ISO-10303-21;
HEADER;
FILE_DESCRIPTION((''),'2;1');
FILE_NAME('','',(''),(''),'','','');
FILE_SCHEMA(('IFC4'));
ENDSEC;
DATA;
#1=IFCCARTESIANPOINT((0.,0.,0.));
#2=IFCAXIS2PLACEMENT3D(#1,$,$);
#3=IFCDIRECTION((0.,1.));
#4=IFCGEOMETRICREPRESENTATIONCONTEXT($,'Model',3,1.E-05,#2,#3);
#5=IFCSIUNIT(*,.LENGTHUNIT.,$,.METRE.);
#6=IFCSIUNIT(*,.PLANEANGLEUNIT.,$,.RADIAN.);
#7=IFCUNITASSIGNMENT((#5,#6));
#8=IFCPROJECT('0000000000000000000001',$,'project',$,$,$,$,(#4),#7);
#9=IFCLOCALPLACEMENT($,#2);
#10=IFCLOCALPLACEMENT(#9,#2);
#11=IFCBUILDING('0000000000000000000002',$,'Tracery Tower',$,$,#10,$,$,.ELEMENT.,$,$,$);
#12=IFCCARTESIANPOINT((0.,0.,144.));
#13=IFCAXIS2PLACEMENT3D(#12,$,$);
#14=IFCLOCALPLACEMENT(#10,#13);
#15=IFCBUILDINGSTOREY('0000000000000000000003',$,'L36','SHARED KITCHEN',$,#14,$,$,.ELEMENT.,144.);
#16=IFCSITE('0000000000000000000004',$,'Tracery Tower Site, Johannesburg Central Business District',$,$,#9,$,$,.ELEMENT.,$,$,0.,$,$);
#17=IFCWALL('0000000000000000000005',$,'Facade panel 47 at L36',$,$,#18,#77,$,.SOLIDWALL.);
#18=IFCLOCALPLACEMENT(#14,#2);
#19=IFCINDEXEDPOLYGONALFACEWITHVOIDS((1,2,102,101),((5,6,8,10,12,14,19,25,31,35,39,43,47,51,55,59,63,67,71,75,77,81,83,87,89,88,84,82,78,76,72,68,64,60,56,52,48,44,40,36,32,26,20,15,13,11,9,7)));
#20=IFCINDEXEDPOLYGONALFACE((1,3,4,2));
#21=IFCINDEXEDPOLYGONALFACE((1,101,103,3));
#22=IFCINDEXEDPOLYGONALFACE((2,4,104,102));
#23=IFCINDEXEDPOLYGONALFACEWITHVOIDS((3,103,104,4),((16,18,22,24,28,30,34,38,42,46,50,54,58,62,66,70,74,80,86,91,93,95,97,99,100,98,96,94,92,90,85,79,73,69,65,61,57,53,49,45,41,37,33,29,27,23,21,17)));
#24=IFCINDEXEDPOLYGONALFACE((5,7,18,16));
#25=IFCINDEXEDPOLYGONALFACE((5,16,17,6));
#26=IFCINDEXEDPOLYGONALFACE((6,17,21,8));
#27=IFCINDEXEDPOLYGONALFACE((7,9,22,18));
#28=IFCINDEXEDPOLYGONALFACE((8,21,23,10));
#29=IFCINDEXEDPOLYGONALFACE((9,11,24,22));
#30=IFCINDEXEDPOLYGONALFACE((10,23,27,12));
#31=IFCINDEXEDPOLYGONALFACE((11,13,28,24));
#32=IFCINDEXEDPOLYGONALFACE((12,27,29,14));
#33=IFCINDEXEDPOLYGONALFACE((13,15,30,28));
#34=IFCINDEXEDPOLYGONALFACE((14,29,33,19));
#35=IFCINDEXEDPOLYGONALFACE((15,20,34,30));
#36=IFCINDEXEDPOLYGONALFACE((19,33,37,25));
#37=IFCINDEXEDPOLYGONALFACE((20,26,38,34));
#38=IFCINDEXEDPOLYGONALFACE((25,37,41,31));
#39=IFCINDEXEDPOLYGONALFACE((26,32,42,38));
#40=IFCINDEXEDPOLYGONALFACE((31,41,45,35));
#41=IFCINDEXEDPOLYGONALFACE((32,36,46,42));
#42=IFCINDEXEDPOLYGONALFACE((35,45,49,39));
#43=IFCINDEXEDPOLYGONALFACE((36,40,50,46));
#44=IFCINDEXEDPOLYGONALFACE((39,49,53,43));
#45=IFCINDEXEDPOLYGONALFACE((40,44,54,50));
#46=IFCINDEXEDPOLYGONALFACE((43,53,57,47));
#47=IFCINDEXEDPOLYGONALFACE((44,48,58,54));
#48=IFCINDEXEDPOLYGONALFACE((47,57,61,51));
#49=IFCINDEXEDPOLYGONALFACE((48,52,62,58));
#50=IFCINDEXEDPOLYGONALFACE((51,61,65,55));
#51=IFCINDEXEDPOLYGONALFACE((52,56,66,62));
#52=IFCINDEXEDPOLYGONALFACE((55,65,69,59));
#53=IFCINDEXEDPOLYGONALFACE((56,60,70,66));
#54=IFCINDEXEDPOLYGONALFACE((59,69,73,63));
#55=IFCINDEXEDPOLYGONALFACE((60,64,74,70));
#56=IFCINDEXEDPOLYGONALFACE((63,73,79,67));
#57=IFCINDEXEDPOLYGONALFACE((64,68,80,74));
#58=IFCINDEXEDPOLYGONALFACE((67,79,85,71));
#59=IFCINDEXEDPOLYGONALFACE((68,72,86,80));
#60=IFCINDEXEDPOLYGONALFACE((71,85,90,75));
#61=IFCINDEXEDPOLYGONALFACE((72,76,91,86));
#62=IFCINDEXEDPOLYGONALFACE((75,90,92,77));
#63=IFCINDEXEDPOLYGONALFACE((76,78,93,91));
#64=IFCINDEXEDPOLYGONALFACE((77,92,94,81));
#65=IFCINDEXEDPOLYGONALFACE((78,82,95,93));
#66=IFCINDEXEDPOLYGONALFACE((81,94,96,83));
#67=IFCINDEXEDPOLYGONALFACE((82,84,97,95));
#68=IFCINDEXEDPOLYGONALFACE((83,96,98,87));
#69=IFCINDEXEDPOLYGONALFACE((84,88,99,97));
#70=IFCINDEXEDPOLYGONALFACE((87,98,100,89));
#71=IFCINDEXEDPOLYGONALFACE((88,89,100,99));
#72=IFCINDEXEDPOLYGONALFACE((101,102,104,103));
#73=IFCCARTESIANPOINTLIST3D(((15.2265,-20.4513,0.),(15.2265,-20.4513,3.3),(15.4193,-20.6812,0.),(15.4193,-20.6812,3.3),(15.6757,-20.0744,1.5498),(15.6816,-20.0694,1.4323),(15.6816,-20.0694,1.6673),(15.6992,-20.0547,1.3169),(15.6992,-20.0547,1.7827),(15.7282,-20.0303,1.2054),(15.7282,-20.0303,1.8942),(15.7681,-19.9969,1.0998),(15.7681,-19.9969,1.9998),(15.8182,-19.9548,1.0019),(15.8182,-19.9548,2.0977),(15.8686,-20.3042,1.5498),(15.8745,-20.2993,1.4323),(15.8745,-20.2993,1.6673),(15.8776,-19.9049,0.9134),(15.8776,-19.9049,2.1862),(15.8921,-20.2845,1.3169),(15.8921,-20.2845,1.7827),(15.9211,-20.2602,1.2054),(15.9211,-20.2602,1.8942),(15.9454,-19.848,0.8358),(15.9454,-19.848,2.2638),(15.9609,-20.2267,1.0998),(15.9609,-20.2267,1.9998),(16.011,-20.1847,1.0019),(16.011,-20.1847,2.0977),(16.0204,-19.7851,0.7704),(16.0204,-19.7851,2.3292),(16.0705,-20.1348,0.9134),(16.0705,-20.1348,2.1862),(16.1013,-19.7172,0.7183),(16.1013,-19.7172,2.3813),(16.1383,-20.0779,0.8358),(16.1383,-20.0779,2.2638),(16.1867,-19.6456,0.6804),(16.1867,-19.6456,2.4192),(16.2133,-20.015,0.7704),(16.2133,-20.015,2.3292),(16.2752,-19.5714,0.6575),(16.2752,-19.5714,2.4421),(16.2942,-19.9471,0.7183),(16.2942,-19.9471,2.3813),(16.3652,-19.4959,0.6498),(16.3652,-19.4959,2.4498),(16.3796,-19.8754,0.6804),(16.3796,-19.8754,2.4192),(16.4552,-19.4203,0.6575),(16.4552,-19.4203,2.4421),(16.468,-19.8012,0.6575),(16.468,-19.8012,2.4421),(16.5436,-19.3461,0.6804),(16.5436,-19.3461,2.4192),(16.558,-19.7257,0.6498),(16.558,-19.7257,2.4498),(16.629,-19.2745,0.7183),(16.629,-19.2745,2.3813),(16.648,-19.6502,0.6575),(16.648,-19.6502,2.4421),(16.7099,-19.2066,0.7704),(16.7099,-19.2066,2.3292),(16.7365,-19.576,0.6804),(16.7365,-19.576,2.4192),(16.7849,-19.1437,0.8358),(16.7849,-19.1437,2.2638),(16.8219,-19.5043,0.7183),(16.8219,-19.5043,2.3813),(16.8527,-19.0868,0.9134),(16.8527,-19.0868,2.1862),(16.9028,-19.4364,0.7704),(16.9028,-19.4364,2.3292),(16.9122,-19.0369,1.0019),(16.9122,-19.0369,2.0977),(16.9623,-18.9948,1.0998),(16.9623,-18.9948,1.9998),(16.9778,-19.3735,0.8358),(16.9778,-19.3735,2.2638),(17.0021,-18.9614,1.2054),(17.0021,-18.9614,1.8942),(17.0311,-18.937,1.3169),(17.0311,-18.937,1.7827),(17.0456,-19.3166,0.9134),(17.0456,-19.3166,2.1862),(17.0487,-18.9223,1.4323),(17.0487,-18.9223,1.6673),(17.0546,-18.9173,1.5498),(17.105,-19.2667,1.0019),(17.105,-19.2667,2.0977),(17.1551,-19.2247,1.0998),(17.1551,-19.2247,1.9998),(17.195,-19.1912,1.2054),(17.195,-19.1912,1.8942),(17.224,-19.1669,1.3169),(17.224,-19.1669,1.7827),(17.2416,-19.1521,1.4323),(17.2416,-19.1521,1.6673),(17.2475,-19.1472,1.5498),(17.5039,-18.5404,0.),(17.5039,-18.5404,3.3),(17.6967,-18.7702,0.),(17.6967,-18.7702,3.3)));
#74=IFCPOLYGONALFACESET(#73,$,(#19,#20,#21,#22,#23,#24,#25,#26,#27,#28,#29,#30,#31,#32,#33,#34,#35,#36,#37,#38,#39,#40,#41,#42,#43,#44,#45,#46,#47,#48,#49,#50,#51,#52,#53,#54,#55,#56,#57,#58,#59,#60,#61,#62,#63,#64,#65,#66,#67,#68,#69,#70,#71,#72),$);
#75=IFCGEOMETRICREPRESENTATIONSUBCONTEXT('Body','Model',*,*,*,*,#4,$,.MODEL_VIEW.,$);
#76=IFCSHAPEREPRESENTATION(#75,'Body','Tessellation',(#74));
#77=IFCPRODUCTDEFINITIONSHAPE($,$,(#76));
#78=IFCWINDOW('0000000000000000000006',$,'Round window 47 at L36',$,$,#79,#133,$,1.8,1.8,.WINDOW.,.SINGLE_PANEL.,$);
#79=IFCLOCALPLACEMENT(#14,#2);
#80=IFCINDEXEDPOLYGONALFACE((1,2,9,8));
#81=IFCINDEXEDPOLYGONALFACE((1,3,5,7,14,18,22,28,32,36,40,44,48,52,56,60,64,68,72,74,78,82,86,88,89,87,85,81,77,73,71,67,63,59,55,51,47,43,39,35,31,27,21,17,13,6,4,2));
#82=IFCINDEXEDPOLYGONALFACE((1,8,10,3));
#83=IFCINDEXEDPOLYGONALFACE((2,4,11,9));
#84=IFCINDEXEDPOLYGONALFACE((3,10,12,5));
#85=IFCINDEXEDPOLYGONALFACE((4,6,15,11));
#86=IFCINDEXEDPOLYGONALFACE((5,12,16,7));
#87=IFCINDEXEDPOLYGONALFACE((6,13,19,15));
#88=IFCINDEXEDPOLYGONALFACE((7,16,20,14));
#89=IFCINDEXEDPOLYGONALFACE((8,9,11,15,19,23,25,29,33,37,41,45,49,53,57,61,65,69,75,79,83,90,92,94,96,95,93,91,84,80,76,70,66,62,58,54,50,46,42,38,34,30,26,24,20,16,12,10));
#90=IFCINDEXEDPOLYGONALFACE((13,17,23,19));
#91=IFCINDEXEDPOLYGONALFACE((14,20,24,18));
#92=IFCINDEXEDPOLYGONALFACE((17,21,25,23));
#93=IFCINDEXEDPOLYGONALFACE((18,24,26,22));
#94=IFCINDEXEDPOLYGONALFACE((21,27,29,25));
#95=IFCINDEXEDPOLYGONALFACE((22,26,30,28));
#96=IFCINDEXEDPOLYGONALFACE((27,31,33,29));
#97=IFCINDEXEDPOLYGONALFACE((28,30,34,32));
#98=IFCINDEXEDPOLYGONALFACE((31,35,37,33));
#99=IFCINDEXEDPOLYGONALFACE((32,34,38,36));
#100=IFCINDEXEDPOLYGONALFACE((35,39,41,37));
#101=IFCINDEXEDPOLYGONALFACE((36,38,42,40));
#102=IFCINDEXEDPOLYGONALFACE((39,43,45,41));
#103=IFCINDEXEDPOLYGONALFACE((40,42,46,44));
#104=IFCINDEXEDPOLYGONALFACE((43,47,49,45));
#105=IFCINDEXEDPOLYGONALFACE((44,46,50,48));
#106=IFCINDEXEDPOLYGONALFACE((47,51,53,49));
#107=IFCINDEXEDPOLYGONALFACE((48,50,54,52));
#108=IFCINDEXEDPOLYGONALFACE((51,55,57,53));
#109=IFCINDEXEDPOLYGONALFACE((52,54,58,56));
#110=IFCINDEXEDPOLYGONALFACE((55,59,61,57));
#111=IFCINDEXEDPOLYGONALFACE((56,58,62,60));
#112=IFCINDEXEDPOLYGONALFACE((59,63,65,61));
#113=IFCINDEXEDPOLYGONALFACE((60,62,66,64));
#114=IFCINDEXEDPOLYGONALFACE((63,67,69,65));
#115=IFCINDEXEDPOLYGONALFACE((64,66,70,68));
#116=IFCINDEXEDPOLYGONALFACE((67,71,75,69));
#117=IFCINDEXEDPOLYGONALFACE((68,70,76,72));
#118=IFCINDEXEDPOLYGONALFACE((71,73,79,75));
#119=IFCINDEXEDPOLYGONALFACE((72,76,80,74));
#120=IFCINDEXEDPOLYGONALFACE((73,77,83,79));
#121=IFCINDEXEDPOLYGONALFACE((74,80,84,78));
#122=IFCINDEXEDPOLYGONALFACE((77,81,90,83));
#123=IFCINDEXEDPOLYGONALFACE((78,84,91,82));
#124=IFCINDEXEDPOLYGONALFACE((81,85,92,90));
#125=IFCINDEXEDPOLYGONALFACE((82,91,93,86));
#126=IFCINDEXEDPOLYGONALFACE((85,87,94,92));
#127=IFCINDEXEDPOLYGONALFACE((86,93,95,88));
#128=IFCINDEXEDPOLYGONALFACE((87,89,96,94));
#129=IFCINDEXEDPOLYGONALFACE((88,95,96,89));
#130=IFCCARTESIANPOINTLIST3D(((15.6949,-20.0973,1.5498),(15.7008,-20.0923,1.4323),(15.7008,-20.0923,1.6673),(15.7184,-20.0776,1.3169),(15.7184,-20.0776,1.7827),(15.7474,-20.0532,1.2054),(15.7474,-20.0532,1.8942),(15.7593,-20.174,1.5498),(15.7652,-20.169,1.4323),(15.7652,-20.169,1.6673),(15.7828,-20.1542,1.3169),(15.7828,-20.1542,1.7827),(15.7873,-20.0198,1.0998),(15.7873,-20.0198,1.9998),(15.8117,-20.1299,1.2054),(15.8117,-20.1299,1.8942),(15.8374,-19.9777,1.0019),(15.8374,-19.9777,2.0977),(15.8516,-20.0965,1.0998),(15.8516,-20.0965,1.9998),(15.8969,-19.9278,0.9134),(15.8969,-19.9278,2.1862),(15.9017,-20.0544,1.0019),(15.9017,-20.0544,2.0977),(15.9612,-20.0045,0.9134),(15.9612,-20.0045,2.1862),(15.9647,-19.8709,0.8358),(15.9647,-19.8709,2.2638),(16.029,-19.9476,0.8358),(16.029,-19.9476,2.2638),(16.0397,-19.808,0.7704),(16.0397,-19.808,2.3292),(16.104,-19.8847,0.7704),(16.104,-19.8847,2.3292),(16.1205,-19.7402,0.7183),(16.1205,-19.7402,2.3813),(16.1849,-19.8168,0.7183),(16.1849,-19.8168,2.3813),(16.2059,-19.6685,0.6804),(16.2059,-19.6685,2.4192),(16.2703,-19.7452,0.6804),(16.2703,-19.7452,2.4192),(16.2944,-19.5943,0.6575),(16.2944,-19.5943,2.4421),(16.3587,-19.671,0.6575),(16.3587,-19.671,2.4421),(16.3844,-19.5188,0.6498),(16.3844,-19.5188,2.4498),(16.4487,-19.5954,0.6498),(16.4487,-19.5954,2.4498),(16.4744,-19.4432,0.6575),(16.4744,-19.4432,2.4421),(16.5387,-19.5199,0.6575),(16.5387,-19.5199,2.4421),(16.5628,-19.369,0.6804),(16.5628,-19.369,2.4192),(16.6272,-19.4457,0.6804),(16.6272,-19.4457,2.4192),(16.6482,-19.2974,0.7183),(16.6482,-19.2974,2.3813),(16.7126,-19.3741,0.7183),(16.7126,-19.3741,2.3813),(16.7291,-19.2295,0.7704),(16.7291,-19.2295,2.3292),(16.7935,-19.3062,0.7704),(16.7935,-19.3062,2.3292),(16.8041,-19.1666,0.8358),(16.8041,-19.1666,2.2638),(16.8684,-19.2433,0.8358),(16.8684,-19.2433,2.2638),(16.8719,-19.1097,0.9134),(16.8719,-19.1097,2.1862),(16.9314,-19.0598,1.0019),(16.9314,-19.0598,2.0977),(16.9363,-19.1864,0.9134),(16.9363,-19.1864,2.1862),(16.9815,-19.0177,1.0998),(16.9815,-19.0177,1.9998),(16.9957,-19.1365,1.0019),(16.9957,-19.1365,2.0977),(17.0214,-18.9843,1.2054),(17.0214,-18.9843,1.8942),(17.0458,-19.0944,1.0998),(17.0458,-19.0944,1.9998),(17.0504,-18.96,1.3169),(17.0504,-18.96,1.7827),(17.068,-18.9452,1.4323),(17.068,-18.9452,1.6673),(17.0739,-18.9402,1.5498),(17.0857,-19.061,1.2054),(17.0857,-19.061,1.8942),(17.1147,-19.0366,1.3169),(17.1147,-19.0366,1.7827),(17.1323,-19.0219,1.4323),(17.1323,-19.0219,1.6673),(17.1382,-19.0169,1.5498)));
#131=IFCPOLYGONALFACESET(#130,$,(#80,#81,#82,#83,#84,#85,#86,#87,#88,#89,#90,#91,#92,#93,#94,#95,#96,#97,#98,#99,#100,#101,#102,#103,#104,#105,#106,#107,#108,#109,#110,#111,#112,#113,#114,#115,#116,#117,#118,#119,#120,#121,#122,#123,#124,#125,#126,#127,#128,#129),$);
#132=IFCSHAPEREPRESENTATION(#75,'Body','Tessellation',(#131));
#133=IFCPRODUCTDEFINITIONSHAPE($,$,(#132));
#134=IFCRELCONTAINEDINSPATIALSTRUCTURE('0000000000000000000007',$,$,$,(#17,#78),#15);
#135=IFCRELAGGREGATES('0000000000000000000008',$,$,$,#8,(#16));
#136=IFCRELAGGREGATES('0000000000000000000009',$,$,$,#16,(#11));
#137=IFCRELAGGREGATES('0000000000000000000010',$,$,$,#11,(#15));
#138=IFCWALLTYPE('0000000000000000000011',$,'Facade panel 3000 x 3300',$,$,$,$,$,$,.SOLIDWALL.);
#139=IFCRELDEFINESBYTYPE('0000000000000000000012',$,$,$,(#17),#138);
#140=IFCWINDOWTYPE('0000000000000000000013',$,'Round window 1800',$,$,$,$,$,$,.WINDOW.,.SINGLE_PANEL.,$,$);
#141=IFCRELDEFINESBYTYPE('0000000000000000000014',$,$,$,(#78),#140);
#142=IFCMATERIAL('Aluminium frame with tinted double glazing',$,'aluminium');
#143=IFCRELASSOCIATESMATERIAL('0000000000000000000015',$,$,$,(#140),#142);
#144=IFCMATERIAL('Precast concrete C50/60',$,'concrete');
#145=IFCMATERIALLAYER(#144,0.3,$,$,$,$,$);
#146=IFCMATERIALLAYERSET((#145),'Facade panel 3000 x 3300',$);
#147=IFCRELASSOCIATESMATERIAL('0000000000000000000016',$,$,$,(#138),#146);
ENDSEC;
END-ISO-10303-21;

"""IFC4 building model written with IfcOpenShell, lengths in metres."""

from ifc_helpers import new_model, si_unit, direction, frame, frame_2d, origin, origin_2d, place, context, subcontext, project, spatial, rectangle, circle, extrude, material, layer, layer_set, type_object, element, fill, save


model = new_model("IFC4")

# Units and contexts
model_context = context("Model", 3, precision=1e-05, world=origin(), true_north=direction((0.0, 1.0)))
body_context = subcontext(model_context, "Body", "Model", "MODEL_VIEW")
ifc_project = project(units=[si_unit("LENGTHUNIT", "METRE"), si_unit("PLANEANGLEUNIT", "RADIAN")], contexts=[model_context])

# Site, building, storey
site_placement = place(None, origin())
site = spatial("IfcSite", under=ifc_project, at=site_placement, Name="Tracery Tower Site, Johannesburg Central Business District", CompositionType="ELEMENT", RefElevation=0.0)
building_placement = place(site_placement, origin())
building = spatial("IfcBuilding", under=site, at=building_placement, Name="Tracery Tower", CompositionType="ELEMENT")
storey_placement = place(building_placement, frame((0.0, 0.0, 144.0)))
storey = spatial("IfcBuildingStorey", under=building, at=storey_placement, Name="L36", Description="SHARED KITCHEN", CompositionType="ELEMENT", Elevation=144.0)

# Wall, opening, window
ifc_material_1 = material(Name="Aluminium frame with tinted double glazing", Category="aluminium")
window_type = type_object("IfcWindowType", Name="Round window 1800", PartitioningType="SINGLE_PANEL", PredefinedType="WINDOW", material=ifc_material_1)
ifc_material_2 = material(Name="Precast concrete C50/60", Category="concrete")
ifc_layer_1 = layer(ifc_material_2, 0.3)
ifc_layer_set_1 = layer_set([ifc_layer_1], Name="Facade panel 3000 x 3300")
wall_type_1 = type_object("IfcWallType", Name="Facade panel 3000 x 3300", PredefinedType="SOLIDWALL", material=ifc_layer_set_1)
wall_1_placement = place(storey_placement, frame((15.323, -20.5662, 0.0), z_axis=(0.0, 0.0, 1.0), x_axis=(0.766049, 0.642782, 0.0)))
wall_1 = element("IfcWall", 1, at=wall_1_placement, inside=storey, type_object=wall_type_1, Name="Facade panel 47 at L36", PredefinedType="SOLIDWALL", context=body_context, shape_type="SweptSolid", body=[
    extrude(rectangle(XDim=2.9729, YDim=0.3, at=frame_2d((1.4863, 0.0))), origin(), (0.0, 0.0, 1.0), 3.3),
])
opening_1_placement = place(wall_1_placement, frame((1.4863, 0.0, 1.5498)))
opening_1 = element("IfcOpeningElement", 2, at=opening_1_placement, cuts=wall_1, PredefinedType="OPENING", context=body_context, shape_type="SweptSolid", body=[
    extrude(circle(Radius=0.9, at=origin_2d()), frame((0.0, 0.1599, 0.0), z_axis=(0.0, -1.0, 0.0), x_axis=(1.0, 0.0, 0.0)), (0.0, 0.0, 1.0), 0.3201),
])
window_1_placement = place(opening_1_placement, origin())
window_1 = element("IfcWindow", 3, at=window_1_placement, inside=storey, type_object=window_type, Name="Round window 47 at L36", OverallHeight=1.8, OverallWidth=1.8, PartitioningType="SINGLE_PANEL", PredefinedType="WINDOW", context=body_context, shape_type="SweptSolid", body=[
    extrude(circle(Radius=0.9, at=origin_2d()), frame((0.0, 0.1201, 0.0), z_axis=(0.0, -1.0, 0.0), x_axis=(1.0, 0.0, 0.0)), (0.0, 0.0, 1.0), 0.1001),
])
fill(opening_1, window_1)

save(model, "model.ifc")
